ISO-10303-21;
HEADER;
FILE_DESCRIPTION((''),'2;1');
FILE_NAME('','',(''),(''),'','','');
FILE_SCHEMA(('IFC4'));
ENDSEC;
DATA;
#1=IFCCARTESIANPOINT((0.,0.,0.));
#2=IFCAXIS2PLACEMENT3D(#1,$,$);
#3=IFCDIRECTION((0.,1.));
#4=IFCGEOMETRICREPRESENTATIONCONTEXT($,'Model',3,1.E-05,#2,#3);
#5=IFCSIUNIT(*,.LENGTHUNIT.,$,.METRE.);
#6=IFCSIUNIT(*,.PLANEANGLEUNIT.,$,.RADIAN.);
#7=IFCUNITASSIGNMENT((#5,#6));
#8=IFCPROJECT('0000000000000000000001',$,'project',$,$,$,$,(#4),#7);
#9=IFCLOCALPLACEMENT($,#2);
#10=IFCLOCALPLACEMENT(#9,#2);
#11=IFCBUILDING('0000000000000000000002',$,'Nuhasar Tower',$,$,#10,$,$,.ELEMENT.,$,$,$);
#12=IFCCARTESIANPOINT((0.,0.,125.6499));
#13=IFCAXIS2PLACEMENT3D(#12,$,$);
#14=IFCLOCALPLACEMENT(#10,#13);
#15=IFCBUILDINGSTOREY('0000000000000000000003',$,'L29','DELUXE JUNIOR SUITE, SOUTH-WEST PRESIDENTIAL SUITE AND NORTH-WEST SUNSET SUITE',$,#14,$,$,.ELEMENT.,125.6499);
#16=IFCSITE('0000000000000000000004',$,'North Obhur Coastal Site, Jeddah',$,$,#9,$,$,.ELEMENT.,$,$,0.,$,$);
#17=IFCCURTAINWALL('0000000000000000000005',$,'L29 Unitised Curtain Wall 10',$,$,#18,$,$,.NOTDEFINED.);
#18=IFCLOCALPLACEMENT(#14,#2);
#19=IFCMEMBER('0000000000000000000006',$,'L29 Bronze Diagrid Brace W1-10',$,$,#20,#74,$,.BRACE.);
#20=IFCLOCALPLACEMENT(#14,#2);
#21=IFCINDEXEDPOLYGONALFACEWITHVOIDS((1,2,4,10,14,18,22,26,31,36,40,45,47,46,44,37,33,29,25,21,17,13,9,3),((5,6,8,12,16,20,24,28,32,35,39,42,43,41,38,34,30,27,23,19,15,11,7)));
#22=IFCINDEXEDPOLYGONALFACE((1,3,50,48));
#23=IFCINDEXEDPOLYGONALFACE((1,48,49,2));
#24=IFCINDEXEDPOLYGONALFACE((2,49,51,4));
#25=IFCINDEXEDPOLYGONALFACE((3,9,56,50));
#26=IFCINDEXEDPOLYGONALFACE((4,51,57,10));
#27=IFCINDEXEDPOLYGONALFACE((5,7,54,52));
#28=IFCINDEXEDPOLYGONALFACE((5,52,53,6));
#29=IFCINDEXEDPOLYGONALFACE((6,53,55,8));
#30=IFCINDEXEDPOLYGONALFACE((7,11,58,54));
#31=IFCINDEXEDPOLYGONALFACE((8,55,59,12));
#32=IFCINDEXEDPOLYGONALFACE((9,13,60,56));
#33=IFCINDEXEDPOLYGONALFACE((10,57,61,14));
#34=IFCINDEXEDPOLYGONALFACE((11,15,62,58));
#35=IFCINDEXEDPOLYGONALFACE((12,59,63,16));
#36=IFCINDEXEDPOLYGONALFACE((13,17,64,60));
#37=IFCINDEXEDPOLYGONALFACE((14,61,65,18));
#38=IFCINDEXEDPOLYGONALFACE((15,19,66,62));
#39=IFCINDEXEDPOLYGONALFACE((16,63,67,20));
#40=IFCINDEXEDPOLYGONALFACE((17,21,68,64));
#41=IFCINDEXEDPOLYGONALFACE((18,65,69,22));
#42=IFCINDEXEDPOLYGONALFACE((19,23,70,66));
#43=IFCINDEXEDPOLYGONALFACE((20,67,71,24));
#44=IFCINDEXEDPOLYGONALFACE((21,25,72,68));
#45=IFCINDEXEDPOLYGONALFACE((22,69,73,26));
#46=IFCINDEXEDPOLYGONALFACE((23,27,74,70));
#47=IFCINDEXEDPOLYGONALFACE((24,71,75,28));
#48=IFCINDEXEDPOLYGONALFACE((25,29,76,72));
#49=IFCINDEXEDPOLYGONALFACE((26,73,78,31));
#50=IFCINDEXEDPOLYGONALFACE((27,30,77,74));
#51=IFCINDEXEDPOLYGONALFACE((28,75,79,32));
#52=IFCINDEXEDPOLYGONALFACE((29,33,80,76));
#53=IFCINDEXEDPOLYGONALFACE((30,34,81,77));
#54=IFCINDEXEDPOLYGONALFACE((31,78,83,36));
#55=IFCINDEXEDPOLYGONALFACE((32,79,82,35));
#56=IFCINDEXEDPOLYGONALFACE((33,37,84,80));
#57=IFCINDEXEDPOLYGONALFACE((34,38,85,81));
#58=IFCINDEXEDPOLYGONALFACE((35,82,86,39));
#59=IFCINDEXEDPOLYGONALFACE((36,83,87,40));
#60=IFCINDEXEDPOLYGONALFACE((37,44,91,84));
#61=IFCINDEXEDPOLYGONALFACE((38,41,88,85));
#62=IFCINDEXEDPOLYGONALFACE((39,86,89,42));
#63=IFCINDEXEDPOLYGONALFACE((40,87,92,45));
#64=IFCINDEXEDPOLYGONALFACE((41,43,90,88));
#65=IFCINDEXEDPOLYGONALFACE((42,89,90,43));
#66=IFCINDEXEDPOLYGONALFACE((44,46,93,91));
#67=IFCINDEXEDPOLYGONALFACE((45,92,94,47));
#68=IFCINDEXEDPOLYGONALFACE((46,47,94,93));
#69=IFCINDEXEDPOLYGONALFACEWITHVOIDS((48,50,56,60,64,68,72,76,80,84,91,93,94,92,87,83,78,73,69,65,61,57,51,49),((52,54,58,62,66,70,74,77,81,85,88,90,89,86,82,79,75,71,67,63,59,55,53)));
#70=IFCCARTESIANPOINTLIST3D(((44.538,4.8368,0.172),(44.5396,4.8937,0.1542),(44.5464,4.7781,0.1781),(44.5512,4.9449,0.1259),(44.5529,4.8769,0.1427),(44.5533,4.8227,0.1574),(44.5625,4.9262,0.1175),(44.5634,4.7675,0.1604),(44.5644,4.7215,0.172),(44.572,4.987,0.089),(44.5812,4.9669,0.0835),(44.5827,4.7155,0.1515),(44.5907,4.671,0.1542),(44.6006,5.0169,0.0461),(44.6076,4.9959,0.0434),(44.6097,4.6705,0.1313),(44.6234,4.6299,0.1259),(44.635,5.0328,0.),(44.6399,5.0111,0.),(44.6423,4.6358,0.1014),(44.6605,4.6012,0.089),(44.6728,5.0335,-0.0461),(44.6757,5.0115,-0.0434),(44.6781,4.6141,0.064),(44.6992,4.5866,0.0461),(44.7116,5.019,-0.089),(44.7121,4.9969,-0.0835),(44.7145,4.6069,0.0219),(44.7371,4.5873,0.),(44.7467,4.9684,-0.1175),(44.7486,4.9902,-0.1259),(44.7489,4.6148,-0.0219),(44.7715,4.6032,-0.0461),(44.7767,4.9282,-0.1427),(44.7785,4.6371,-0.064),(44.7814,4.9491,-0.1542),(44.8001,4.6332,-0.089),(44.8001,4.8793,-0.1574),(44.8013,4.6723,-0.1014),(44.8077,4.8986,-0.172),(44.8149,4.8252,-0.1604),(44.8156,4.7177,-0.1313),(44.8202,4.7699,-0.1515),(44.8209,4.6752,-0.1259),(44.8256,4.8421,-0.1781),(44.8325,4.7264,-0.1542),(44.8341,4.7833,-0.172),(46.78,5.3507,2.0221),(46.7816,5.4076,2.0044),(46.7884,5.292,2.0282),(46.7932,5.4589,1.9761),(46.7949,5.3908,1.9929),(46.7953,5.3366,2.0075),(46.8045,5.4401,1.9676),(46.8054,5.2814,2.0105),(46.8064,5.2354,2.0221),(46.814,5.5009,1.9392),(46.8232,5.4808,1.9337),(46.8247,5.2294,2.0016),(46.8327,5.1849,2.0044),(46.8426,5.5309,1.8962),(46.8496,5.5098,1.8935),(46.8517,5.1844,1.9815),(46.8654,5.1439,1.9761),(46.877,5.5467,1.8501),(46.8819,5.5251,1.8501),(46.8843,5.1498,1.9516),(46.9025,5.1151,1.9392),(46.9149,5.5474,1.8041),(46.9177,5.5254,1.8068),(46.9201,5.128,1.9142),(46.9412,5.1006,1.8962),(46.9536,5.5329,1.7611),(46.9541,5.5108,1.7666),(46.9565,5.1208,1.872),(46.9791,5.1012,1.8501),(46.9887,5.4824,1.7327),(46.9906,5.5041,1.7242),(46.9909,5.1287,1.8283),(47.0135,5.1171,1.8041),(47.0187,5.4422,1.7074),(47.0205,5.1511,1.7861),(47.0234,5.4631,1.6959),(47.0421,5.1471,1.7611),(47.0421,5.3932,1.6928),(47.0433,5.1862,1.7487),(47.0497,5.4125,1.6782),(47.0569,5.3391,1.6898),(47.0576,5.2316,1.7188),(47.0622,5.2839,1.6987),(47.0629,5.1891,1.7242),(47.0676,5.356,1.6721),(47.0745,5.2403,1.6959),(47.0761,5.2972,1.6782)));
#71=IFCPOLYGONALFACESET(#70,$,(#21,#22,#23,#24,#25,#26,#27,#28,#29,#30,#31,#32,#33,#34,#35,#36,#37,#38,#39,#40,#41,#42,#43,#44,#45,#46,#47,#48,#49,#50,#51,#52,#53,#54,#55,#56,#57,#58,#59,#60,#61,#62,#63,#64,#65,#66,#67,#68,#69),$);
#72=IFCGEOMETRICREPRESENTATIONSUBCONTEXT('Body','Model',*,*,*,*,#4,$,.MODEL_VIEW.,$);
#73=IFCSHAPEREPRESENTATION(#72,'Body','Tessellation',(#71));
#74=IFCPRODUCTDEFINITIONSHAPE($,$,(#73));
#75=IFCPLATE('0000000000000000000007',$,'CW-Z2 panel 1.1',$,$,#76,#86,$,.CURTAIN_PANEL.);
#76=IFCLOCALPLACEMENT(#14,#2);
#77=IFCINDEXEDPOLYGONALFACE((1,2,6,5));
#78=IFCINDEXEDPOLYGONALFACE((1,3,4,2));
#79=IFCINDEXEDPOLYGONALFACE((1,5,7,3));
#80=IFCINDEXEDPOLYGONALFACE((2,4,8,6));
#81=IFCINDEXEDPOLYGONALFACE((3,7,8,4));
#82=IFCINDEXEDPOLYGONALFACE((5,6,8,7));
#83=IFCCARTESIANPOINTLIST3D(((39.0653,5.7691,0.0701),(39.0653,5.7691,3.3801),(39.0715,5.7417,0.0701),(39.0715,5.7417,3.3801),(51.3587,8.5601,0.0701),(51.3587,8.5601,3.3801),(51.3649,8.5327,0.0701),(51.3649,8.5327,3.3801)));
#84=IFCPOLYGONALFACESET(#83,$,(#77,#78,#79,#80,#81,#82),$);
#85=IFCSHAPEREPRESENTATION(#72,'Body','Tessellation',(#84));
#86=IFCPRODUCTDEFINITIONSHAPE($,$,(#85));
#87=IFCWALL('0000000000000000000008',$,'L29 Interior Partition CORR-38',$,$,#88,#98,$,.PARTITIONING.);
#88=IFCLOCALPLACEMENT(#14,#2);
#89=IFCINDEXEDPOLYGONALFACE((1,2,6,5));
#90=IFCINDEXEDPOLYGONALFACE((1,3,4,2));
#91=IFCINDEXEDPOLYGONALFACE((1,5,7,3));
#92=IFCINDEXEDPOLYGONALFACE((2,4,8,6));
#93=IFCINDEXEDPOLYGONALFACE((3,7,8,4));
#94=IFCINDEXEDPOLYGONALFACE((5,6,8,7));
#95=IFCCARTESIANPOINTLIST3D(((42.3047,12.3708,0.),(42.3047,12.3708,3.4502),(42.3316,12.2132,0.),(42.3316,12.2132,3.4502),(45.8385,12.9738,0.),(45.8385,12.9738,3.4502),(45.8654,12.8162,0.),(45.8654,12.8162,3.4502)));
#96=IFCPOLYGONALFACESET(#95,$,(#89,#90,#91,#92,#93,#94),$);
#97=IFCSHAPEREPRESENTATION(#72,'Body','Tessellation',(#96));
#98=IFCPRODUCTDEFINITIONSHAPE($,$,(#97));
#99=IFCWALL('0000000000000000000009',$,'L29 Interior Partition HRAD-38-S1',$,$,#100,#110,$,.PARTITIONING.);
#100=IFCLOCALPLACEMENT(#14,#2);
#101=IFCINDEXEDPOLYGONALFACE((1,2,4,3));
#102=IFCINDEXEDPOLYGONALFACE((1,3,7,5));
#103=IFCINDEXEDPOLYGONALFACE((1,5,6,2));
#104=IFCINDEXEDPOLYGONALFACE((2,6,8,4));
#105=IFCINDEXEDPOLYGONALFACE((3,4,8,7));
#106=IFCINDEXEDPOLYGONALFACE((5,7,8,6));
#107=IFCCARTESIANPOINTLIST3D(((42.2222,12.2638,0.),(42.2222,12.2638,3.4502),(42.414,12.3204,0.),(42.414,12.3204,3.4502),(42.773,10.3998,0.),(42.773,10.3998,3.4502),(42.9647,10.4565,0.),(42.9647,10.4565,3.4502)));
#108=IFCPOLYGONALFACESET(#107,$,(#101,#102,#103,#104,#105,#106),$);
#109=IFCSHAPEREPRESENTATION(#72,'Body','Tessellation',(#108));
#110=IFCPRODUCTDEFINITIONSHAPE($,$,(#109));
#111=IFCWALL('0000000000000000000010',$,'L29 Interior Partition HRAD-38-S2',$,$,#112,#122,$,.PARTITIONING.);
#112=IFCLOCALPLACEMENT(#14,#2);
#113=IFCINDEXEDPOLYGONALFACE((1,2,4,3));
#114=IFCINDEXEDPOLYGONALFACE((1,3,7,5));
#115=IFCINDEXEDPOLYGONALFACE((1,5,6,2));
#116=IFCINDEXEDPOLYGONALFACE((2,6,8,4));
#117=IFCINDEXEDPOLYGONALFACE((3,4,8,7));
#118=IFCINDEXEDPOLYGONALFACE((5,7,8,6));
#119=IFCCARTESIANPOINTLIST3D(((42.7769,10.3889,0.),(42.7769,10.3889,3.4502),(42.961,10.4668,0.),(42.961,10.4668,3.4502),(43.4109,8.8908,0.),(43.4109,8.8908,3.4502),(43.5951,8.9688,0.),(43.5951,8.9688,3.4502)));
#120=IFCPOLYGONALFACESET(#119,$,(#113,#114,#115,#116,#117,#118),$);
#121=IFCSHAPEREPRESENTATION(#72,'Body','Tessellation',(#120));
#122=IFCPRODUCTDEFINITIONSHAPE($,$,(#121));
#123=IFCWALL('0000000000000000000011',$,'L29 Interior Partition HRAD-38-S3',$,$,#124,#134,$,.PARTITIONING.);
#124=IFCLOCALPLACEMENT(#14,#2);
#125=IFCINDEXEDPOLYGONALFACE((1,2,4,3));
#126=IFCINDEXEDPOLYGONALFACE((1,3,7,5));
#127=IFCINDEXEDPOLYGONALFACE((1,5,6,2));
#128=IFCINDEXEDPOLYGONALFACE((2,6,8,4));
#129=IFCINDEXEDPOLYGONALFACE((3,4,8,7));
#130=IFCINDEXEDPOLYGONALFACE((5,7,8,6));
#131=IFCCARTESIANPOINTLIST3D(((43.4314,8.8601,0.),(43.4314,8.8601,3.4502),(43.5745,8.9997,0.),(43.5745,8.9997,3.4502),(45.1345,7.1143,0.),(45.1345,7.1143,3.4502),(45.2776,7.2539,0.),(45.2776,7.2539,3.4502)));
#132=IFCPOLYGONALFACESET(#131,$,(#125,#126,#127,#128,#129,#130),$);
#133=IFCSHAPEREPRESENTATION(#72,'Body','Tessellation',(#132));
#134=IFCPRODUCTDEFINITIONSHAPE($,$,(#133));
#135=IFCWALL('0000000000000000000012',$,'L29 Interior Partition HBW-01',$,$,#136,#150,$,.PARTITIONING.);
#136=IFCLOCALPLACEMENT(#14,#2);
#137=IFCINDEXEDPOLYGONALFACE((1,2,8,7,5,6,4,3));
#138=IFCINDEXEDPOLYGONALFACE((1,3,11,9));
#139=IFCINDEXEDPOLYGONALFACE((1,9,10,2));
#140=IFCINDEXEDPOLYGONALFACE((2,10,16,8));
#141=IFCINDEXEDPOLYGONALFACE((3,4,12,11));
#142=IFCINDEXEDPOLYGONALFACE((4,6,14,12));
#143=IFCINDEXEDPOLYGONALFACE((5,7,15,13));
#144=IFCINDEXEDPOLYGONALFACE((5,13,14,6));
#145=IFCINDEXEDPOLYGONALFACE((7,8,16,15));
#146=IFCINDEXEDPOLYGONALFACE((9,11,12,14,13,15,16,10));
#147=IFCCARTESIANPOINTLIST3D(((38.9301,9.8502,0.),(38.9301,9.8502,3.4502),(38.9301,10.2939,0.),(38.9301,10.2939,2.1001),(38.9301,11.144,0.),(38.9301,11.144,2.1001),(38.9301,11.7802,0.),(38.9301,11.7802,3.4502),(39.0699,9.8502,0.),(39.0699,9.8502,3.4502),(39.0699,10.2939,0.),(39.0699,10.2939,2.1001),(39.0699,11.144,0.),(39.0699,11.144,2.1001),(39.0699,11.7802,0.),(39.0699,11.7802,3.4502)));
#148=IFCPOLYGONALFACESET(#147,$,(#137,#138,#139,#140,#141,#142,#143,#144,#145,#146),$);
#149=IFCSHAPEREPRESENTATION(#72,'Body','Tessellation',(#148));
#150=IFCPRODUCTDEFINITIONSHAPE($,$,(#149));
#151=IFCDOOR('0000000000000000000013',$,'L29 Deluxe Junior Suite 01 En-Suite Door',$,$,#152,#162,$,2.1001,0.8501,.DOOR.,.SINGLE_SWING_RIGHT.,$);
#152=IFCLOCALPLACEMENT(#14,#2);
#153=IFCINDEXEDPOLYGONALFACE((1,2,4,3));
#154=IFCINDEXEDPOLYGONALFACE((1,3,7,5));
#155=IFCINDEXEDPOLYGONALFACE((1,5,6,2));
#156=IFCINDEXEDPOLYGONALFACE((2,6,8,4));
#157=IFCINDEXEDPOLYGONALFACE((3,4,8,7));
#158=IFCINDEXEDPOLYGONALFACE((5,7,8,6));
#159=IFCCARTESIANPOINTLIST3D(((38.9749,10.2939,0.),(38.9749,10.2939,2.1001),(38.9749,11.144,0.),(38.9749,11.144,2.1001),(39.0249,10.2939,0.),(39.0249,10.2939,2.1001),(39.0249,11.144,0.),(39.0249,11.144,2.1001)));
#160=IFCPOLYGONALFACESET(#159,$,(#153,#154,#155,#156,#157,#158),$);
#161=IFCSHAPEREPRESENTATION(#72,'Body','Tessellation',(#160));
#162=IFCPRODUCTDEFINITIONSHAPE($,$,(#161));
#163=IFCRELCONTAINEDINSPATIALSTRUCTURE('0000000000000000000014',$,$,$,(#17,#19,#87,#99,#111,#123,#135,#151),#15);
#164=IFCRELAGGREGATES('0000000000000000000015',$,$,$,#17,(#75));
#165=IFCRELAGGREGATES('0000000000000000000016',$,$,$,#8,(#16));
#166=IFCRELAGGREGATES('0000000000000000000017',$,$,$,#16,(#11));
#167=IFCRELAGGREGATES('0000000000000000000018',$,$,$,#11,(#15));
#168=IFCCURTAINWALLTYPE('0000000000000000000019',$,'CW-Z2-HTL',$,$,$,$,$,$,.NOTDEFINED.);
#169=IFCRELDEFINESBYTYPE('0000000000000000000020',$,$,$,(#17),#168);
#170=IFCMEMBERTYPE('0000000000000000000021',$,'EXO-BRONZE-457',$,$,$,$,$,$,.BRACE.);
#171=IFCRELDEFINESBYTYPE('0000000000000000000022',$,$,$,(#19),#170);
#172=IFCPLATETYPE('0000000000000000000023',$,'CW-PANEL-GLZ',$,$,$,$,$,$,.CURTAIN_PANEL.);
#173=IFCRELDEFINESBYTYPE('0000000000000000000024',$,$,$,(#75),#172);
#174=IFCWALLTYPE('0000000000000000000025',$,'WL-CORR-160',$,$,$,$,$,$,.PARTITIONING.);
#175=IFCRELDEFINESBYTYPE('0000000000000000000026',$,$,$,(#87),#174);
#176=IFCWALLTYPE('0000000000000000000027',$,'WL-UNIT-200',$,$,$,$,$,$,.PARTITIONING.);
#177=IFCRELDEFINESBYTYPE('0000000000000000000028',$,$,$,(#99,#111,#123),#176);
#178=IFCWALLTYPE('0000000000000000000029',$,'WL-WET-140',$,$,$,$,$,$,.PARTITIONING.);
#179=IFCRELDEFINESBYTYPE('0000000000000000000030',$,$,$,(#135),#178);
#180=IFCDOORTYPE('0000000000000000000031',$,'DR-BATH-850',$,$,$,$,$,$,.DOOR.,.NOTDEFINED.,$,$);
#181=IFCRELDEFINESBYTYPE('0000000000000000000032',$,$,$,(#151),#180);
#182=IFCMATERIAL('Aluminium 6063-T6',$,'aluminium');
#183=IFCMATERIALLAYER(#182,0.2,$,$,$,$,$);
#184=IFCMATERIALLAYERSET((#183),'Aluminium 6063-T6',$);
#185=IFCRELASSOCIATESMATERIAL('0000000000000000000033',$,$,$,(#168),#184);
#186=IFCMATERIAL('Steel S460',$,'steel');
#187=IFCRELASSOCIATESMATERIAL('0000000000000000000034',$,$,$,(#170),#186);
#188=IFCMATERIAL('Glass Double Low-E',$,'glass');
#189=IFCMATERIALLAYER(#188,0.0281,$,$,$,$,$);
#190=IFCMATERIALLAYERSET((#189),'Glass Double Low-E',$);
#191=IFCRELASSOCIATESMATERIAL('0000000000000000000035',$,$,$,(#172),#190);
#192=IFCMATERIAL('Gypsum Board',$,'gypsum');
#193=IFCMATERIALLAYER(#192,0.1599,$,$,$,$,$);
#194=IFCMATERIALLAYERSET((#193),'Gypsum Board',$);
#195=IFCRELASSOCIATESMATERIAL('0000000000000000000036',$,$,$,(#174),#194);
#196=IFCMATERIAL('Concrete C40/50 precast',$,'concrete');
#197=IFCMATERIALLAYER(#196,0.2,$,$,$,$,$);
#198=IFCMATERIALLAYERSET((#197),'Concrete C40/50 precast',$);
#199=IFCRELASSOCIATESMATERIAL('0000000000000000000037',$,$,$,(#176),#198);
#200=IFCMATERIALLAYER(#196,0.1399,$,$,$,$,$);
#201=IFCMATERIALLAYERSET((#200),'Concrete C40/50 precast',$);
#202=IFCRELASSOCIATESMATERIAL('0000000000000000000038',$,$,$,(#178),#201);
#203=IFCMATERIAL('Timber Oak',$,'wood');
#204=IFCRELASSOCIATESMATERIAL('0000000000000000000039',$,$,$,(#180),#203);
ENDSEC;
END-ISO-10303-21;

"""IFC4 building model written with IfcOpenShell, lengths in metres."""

from ifc_helpers import new_model, si_unit, direction, frame, frame_2d, origin, origin_2d, place, context, subcontext, project, spatial, rectangle, hollow_circle, extrude, material, layer, layer_set, material_profile, profile_set, type_object, element, fill, aggregate, save


model = new_model("IFC4")

# Units and contexts
model_context = context("Model", 3, precision=1e-05, world=origin(), true_north=direction((0.0, 1.0)))
body_context = subcontext(model_context, "Body", "Model", "MODEL_VIEW")
ifc_project = project(units=[si_unit("LENGTHUNIT", "METRE"), si_unit("PLANEANGLEUNIT", "RADIAN")], contexts=[model_context])

# Site, building, storey
site_placement = place(None, origin())
site = spatial("IfcSite", under=ifc_project, at=site_placement, Name="North Obhur Coastal Site, Jeddah", CompositionType="ELEMENT", RefElevation=0.0)
building_placement = place(site_placement, origin())
building = spatial("IfcBuilding", under=site, at=building_placement, Name="Nuhasar Tower", CompositionType="ELEMENT")
storey_placement = place(building_placement, frame((0.0, 0.0, 125.6499)))
storey = spatial("IfcBuildingStorey", under=building, at=storey_placement, Name="L29", Description="DELUXE JUNIOR SUITE, SOUTH-WEST PRESIDENTIAL SUITE AND NORTH-WEST SUNSET SUITE", CompositionType="ELEMENT", Elevation=125.6499)

# Shared definitions
ifc_material_1 = material(Name="Aluminium 6063-T6", Category="aluminium")
ifc_layer_1 = layer(ifc_material_1, 0.2)
ifc_layer_set_1 = layer_set([ifc_layer_1], Name="Aluminium 6063-T6")
curtain_wall_type = type_object("IfcCurtainWallType", Name="CW-Z2-HTL", PredefinedType="NOTDEFINED", material=ifc_layer_set_1)

# Curtain wall
curtain_wall_1_placement = place(storey_placement, origin())
curtain_wall_1 = element("IfcCurtainWall", 1, at=curtain_wall_1_placement, inside=storey, type_object=curtain_wall_type, Name="L29 Unitised Curtain Wall 10", PredefinedType="NOTDEFINED")

# Member
ifc_material_2 = material(Name="Steel S460", Category="steel")
ifc_material_profile_1 = material_profile(ifc_material_2, hollow_circle(Radius=0.2285, WallThickness=0.0222, at=origin_2d()), Name="HSS457X22.2")
ifc_profile_set_1 = profile_set([ifc_material_profile_1], Name="Steel S460")
member_type_1 = type_object("IfcMemberType", Name="EXO-BRONZE-457", PredefinedType="BRACE", material=ifc_profile_set_1)
member_1_placement = place(storey_placement, frame((44.686, 4.8101, 0.0), z_axis=(0.75951, 0.174101, 0.626764), x_axis=(-0.223433, 0.974719, 0.0)))
element("IfcMember", 2, at=member_1_placement, inside=storey, type_object=member_type_1, Name="L29 Bronze Diagrid Brace W1-10", PredefinedType="BRACE", context=body_context, shape_type="SweptSolid", body=[
    extrude(hollow_circle(Radius=0.2285, WallThickness=0.0222, at=origin_2d()), origin(), (0.0, 0.0, 1.0), 2.9519),
])

# Plate
ifc_material_3 = material(Name="Glass Double Low-E", Category="glass")
ifc_layer_2 = layer(ifc_material_3, 0.0281)
ifc_layer_set_2 = layer_set([ifc_layer_2], Name="Glass Double Low-E")
plate_type = type_object("IfcPlateType", Name="CW-PANEL-GLZ", PredefinedType="CURTAIN_PANEL", material=ifc_layer_set_2)
plate_placement = place(storey_placement, frame((45.2151, 7.1509, 0.0701), z_axis=(0.0, 0.0, 1.0), x_axis=(0.975184, 0.221397, 0.0)))
plate = element("IfcPlate", 3, at=plate_placement, type_object=plate_type, Name="CW-Z2 panel 1.1", PredefinedType="CURTAIN_PANEL", context=body_context, shape_type="SweptSolid", body=[
    extrude(rectangle(XDim=12.6062, YDim=0.0281, at=origin_2d()), origin(), (0.0, 0.0, 1.0), 3.3101),
])
aggregate(curtain_wall_1, [plate])

# Shared definitions
ifc_material_4 = material(Name="Gypsum Board", Category="gypsum")
ifc_layer_3 = layer(ifc_material_4, 0.1599)
ifc_layer_set_3 = layer_set([ifc_layer_3], Name="Gypsum Board")
wall_type_1 = type_object("IfcWallType", Name="WL-CORR-160", PredefinedType="PARTITIONING", material=ifc_layer_set_3)
ifc_material_5 = material(Name="Timber Oak", Category="wood")

# Wall
wall_1_placement = place(storey_placement, frame((42.3181, 12.292, 0.0), z_axis=(0.0, 0.0, 1.0), x_axis=(0.985752, 0.168208, 0.0)))
element("IfcWall", 4, at=wall_1_placement, inside=storey, type_object=wall_type_1, Name="L29 Interior Partition CORR-38", PredefinedType="PARTITIONING", context=body_context, shape_type="SweptSolid", body=[
    extrude(rectangle(XDim=3.585, YDim=0.1599, at=frame_2d((1.7925, 0.0))), origin(), (0.0, 0.0, 1.0), 3.4502),
])

# Walls
ifc_material_6 = material(Name="Concrete C40/50 precast", Category="concrete")
ifc_layer_4 = layer(ifc_material_6, 0.2)
ifc_layer_set_4 = layer_set([ifc_layer_4], Name="Concrete C40/50 precast")
wall_type_2 = type_object("IfcWallType", Name="WL-UNIT-200", PredefinedType="PARTITIONING", material=ifc_layer_set_4)
wall_2_placement = place(storey_placement, frame((42.3181, 12.292, 0.0), z_axis=(0.0, 0.0, 1.0), x_axis=(0.28337, -0.959011, 0.0)))
element("IfcWall", 5, at=wall_2_placement, inside=storey, type_object=wall_type_2, Name="L29 Interior Partition HRAD-38-S1", PredefinedType="PARTITIONING", context=body_context, shape_type="SweptSolid", body=[
    extrude(rectangle(XDim=1.9436, YDim=0.2, at=frame_2d((0.9717, 0.0))), origin(), (0.0, 0.0, 1.0), 3.4502),
])
wall_3_placement = place(storey_placement, frame((42.8689, 10.428, 0.0), z_axis=(0.0, 0.0, 1.0), x_axis=(0.389767, -0.920913, 0.0)))
element("IfcWall", 6, at=wall_3_placement, inside=storey, type_object=wall_type_2, Name="L29 Interior Partition HRAD-38-S2", PredefinedType="PARTITIONING", context=body_context, shape_type="SweptSolid", body=[
    extrude(rectangle(XDim=1.6267, YDim=0.2, at=frame_2d((0.8135, 0.0))), origin(), (0.0, 0.0, 1.0), 3.4502),
])
wall_4_placement = place(storey_placement, frame((43.5029, 8.9299, 0.0), z_axis=(0.0, 0.0, 1.0), x_axis=(0.698294, -0.715811, 0.0)))
element("IfcWall", 7, at=wall_4_placement, inside=storey, type_object=wall_type_2, Name="L29 Interior Partition HRAD-38-S3", PredefinedType="PARTITIONING", context=body_context, shape_type="SweptSolid", body=[
    extrude(rectangle(XDim=2.439, YDim=0.2, at=frame_2d((1.2195, 0.0))), origin(), (0.0, 0.0, 1.0), 3.4502),
])

# Wall, opening, door
ifc_layer_5 = layer(ifc_material_6, 0.1399)
ifc_layer_set_5 = layer_set([ifc_layer_5], Name="Concrete C40/50 precast")
wall_type_3 = type_object("IfcWallType", Name="WL-WET-140", PredefinedType="PARTITIONING", material=ifc_layer_set_5)
wall_5_placement = place(storey_placement, frame((39.0, 11.78, 0.0), z_axis=(0.0, 0.0, 1.0), x_axis=(0.0, -1.0, 0.0)))
wall_5 = element("IfcWall", 8, at=wall_5_placement, inside=storey, type_object=wall_type_3, Name="L29 Interior Partition HBW-01", PredefinedType="PARTITIONING", context=body_context, shape_type="SweptSolid", body=[
    extrude(rectangle(XDim=1.9299, YDim=0.1399, at=frame_2d((0.9648, 0.0))), origin(), (0.0, 0.0, 1.0), 3.4502),
])
opening_1_placement = place(wall_5_placement, frame((0.636, 0.0, 0.0)))
opening_1 = element("IfcOpeningElement", 9, at=opening_1_placement, cuts=wall_5, PredefinedType="OPENING", context=body_context, shape_type="SweptSolid", body=[
    extrude(rectangle(XDim=0.8501, YDim=2.1001, at=frame_2d((0.425, 1.05))), frame((0.0, 0.0801, 0.0), z_axis=(0.0, -1.0, 0.0), x_axis=(1.0, 0.0, 0.0)), (0.0, 0.0, 1.0), 0.1599),
])
door_type_1 = type_object("IfcDoorType", Name="DR-BATH-850", OperationType="NOTDEFINED", PredefinedType="DOOR", material=ifc_material_5)
door_1_placement = place(opening_1_placement, origin())
door_1 = element("IfcDoor", 10, at=door_1_placement, inside=storey, type_object=door_type_1, Name="L29 Deluxe Junior Suite 01 En-Suite Door", OperationType="SINGLE_SWING_RIGHT", OverallHeight=2.1001, OverallWidth=0.8501, PredefinedType="DOOR", context=body_context, shape_type="SweptSolid", body=[
    extrude(rectangle(XDim=0.8501, YDim=2.1001, at=frame_2d((0.425, 1.05))), frame((0.0, 0.0249, 0.0), z_axis=(0.0, -1.0, 0.0), x_axis=(1.0, 0.0, 0.0)), (0.0, 0.0, 1.0), 0.05),
])
fill(opening_1, door_1)

save(model, "model.ifc")
